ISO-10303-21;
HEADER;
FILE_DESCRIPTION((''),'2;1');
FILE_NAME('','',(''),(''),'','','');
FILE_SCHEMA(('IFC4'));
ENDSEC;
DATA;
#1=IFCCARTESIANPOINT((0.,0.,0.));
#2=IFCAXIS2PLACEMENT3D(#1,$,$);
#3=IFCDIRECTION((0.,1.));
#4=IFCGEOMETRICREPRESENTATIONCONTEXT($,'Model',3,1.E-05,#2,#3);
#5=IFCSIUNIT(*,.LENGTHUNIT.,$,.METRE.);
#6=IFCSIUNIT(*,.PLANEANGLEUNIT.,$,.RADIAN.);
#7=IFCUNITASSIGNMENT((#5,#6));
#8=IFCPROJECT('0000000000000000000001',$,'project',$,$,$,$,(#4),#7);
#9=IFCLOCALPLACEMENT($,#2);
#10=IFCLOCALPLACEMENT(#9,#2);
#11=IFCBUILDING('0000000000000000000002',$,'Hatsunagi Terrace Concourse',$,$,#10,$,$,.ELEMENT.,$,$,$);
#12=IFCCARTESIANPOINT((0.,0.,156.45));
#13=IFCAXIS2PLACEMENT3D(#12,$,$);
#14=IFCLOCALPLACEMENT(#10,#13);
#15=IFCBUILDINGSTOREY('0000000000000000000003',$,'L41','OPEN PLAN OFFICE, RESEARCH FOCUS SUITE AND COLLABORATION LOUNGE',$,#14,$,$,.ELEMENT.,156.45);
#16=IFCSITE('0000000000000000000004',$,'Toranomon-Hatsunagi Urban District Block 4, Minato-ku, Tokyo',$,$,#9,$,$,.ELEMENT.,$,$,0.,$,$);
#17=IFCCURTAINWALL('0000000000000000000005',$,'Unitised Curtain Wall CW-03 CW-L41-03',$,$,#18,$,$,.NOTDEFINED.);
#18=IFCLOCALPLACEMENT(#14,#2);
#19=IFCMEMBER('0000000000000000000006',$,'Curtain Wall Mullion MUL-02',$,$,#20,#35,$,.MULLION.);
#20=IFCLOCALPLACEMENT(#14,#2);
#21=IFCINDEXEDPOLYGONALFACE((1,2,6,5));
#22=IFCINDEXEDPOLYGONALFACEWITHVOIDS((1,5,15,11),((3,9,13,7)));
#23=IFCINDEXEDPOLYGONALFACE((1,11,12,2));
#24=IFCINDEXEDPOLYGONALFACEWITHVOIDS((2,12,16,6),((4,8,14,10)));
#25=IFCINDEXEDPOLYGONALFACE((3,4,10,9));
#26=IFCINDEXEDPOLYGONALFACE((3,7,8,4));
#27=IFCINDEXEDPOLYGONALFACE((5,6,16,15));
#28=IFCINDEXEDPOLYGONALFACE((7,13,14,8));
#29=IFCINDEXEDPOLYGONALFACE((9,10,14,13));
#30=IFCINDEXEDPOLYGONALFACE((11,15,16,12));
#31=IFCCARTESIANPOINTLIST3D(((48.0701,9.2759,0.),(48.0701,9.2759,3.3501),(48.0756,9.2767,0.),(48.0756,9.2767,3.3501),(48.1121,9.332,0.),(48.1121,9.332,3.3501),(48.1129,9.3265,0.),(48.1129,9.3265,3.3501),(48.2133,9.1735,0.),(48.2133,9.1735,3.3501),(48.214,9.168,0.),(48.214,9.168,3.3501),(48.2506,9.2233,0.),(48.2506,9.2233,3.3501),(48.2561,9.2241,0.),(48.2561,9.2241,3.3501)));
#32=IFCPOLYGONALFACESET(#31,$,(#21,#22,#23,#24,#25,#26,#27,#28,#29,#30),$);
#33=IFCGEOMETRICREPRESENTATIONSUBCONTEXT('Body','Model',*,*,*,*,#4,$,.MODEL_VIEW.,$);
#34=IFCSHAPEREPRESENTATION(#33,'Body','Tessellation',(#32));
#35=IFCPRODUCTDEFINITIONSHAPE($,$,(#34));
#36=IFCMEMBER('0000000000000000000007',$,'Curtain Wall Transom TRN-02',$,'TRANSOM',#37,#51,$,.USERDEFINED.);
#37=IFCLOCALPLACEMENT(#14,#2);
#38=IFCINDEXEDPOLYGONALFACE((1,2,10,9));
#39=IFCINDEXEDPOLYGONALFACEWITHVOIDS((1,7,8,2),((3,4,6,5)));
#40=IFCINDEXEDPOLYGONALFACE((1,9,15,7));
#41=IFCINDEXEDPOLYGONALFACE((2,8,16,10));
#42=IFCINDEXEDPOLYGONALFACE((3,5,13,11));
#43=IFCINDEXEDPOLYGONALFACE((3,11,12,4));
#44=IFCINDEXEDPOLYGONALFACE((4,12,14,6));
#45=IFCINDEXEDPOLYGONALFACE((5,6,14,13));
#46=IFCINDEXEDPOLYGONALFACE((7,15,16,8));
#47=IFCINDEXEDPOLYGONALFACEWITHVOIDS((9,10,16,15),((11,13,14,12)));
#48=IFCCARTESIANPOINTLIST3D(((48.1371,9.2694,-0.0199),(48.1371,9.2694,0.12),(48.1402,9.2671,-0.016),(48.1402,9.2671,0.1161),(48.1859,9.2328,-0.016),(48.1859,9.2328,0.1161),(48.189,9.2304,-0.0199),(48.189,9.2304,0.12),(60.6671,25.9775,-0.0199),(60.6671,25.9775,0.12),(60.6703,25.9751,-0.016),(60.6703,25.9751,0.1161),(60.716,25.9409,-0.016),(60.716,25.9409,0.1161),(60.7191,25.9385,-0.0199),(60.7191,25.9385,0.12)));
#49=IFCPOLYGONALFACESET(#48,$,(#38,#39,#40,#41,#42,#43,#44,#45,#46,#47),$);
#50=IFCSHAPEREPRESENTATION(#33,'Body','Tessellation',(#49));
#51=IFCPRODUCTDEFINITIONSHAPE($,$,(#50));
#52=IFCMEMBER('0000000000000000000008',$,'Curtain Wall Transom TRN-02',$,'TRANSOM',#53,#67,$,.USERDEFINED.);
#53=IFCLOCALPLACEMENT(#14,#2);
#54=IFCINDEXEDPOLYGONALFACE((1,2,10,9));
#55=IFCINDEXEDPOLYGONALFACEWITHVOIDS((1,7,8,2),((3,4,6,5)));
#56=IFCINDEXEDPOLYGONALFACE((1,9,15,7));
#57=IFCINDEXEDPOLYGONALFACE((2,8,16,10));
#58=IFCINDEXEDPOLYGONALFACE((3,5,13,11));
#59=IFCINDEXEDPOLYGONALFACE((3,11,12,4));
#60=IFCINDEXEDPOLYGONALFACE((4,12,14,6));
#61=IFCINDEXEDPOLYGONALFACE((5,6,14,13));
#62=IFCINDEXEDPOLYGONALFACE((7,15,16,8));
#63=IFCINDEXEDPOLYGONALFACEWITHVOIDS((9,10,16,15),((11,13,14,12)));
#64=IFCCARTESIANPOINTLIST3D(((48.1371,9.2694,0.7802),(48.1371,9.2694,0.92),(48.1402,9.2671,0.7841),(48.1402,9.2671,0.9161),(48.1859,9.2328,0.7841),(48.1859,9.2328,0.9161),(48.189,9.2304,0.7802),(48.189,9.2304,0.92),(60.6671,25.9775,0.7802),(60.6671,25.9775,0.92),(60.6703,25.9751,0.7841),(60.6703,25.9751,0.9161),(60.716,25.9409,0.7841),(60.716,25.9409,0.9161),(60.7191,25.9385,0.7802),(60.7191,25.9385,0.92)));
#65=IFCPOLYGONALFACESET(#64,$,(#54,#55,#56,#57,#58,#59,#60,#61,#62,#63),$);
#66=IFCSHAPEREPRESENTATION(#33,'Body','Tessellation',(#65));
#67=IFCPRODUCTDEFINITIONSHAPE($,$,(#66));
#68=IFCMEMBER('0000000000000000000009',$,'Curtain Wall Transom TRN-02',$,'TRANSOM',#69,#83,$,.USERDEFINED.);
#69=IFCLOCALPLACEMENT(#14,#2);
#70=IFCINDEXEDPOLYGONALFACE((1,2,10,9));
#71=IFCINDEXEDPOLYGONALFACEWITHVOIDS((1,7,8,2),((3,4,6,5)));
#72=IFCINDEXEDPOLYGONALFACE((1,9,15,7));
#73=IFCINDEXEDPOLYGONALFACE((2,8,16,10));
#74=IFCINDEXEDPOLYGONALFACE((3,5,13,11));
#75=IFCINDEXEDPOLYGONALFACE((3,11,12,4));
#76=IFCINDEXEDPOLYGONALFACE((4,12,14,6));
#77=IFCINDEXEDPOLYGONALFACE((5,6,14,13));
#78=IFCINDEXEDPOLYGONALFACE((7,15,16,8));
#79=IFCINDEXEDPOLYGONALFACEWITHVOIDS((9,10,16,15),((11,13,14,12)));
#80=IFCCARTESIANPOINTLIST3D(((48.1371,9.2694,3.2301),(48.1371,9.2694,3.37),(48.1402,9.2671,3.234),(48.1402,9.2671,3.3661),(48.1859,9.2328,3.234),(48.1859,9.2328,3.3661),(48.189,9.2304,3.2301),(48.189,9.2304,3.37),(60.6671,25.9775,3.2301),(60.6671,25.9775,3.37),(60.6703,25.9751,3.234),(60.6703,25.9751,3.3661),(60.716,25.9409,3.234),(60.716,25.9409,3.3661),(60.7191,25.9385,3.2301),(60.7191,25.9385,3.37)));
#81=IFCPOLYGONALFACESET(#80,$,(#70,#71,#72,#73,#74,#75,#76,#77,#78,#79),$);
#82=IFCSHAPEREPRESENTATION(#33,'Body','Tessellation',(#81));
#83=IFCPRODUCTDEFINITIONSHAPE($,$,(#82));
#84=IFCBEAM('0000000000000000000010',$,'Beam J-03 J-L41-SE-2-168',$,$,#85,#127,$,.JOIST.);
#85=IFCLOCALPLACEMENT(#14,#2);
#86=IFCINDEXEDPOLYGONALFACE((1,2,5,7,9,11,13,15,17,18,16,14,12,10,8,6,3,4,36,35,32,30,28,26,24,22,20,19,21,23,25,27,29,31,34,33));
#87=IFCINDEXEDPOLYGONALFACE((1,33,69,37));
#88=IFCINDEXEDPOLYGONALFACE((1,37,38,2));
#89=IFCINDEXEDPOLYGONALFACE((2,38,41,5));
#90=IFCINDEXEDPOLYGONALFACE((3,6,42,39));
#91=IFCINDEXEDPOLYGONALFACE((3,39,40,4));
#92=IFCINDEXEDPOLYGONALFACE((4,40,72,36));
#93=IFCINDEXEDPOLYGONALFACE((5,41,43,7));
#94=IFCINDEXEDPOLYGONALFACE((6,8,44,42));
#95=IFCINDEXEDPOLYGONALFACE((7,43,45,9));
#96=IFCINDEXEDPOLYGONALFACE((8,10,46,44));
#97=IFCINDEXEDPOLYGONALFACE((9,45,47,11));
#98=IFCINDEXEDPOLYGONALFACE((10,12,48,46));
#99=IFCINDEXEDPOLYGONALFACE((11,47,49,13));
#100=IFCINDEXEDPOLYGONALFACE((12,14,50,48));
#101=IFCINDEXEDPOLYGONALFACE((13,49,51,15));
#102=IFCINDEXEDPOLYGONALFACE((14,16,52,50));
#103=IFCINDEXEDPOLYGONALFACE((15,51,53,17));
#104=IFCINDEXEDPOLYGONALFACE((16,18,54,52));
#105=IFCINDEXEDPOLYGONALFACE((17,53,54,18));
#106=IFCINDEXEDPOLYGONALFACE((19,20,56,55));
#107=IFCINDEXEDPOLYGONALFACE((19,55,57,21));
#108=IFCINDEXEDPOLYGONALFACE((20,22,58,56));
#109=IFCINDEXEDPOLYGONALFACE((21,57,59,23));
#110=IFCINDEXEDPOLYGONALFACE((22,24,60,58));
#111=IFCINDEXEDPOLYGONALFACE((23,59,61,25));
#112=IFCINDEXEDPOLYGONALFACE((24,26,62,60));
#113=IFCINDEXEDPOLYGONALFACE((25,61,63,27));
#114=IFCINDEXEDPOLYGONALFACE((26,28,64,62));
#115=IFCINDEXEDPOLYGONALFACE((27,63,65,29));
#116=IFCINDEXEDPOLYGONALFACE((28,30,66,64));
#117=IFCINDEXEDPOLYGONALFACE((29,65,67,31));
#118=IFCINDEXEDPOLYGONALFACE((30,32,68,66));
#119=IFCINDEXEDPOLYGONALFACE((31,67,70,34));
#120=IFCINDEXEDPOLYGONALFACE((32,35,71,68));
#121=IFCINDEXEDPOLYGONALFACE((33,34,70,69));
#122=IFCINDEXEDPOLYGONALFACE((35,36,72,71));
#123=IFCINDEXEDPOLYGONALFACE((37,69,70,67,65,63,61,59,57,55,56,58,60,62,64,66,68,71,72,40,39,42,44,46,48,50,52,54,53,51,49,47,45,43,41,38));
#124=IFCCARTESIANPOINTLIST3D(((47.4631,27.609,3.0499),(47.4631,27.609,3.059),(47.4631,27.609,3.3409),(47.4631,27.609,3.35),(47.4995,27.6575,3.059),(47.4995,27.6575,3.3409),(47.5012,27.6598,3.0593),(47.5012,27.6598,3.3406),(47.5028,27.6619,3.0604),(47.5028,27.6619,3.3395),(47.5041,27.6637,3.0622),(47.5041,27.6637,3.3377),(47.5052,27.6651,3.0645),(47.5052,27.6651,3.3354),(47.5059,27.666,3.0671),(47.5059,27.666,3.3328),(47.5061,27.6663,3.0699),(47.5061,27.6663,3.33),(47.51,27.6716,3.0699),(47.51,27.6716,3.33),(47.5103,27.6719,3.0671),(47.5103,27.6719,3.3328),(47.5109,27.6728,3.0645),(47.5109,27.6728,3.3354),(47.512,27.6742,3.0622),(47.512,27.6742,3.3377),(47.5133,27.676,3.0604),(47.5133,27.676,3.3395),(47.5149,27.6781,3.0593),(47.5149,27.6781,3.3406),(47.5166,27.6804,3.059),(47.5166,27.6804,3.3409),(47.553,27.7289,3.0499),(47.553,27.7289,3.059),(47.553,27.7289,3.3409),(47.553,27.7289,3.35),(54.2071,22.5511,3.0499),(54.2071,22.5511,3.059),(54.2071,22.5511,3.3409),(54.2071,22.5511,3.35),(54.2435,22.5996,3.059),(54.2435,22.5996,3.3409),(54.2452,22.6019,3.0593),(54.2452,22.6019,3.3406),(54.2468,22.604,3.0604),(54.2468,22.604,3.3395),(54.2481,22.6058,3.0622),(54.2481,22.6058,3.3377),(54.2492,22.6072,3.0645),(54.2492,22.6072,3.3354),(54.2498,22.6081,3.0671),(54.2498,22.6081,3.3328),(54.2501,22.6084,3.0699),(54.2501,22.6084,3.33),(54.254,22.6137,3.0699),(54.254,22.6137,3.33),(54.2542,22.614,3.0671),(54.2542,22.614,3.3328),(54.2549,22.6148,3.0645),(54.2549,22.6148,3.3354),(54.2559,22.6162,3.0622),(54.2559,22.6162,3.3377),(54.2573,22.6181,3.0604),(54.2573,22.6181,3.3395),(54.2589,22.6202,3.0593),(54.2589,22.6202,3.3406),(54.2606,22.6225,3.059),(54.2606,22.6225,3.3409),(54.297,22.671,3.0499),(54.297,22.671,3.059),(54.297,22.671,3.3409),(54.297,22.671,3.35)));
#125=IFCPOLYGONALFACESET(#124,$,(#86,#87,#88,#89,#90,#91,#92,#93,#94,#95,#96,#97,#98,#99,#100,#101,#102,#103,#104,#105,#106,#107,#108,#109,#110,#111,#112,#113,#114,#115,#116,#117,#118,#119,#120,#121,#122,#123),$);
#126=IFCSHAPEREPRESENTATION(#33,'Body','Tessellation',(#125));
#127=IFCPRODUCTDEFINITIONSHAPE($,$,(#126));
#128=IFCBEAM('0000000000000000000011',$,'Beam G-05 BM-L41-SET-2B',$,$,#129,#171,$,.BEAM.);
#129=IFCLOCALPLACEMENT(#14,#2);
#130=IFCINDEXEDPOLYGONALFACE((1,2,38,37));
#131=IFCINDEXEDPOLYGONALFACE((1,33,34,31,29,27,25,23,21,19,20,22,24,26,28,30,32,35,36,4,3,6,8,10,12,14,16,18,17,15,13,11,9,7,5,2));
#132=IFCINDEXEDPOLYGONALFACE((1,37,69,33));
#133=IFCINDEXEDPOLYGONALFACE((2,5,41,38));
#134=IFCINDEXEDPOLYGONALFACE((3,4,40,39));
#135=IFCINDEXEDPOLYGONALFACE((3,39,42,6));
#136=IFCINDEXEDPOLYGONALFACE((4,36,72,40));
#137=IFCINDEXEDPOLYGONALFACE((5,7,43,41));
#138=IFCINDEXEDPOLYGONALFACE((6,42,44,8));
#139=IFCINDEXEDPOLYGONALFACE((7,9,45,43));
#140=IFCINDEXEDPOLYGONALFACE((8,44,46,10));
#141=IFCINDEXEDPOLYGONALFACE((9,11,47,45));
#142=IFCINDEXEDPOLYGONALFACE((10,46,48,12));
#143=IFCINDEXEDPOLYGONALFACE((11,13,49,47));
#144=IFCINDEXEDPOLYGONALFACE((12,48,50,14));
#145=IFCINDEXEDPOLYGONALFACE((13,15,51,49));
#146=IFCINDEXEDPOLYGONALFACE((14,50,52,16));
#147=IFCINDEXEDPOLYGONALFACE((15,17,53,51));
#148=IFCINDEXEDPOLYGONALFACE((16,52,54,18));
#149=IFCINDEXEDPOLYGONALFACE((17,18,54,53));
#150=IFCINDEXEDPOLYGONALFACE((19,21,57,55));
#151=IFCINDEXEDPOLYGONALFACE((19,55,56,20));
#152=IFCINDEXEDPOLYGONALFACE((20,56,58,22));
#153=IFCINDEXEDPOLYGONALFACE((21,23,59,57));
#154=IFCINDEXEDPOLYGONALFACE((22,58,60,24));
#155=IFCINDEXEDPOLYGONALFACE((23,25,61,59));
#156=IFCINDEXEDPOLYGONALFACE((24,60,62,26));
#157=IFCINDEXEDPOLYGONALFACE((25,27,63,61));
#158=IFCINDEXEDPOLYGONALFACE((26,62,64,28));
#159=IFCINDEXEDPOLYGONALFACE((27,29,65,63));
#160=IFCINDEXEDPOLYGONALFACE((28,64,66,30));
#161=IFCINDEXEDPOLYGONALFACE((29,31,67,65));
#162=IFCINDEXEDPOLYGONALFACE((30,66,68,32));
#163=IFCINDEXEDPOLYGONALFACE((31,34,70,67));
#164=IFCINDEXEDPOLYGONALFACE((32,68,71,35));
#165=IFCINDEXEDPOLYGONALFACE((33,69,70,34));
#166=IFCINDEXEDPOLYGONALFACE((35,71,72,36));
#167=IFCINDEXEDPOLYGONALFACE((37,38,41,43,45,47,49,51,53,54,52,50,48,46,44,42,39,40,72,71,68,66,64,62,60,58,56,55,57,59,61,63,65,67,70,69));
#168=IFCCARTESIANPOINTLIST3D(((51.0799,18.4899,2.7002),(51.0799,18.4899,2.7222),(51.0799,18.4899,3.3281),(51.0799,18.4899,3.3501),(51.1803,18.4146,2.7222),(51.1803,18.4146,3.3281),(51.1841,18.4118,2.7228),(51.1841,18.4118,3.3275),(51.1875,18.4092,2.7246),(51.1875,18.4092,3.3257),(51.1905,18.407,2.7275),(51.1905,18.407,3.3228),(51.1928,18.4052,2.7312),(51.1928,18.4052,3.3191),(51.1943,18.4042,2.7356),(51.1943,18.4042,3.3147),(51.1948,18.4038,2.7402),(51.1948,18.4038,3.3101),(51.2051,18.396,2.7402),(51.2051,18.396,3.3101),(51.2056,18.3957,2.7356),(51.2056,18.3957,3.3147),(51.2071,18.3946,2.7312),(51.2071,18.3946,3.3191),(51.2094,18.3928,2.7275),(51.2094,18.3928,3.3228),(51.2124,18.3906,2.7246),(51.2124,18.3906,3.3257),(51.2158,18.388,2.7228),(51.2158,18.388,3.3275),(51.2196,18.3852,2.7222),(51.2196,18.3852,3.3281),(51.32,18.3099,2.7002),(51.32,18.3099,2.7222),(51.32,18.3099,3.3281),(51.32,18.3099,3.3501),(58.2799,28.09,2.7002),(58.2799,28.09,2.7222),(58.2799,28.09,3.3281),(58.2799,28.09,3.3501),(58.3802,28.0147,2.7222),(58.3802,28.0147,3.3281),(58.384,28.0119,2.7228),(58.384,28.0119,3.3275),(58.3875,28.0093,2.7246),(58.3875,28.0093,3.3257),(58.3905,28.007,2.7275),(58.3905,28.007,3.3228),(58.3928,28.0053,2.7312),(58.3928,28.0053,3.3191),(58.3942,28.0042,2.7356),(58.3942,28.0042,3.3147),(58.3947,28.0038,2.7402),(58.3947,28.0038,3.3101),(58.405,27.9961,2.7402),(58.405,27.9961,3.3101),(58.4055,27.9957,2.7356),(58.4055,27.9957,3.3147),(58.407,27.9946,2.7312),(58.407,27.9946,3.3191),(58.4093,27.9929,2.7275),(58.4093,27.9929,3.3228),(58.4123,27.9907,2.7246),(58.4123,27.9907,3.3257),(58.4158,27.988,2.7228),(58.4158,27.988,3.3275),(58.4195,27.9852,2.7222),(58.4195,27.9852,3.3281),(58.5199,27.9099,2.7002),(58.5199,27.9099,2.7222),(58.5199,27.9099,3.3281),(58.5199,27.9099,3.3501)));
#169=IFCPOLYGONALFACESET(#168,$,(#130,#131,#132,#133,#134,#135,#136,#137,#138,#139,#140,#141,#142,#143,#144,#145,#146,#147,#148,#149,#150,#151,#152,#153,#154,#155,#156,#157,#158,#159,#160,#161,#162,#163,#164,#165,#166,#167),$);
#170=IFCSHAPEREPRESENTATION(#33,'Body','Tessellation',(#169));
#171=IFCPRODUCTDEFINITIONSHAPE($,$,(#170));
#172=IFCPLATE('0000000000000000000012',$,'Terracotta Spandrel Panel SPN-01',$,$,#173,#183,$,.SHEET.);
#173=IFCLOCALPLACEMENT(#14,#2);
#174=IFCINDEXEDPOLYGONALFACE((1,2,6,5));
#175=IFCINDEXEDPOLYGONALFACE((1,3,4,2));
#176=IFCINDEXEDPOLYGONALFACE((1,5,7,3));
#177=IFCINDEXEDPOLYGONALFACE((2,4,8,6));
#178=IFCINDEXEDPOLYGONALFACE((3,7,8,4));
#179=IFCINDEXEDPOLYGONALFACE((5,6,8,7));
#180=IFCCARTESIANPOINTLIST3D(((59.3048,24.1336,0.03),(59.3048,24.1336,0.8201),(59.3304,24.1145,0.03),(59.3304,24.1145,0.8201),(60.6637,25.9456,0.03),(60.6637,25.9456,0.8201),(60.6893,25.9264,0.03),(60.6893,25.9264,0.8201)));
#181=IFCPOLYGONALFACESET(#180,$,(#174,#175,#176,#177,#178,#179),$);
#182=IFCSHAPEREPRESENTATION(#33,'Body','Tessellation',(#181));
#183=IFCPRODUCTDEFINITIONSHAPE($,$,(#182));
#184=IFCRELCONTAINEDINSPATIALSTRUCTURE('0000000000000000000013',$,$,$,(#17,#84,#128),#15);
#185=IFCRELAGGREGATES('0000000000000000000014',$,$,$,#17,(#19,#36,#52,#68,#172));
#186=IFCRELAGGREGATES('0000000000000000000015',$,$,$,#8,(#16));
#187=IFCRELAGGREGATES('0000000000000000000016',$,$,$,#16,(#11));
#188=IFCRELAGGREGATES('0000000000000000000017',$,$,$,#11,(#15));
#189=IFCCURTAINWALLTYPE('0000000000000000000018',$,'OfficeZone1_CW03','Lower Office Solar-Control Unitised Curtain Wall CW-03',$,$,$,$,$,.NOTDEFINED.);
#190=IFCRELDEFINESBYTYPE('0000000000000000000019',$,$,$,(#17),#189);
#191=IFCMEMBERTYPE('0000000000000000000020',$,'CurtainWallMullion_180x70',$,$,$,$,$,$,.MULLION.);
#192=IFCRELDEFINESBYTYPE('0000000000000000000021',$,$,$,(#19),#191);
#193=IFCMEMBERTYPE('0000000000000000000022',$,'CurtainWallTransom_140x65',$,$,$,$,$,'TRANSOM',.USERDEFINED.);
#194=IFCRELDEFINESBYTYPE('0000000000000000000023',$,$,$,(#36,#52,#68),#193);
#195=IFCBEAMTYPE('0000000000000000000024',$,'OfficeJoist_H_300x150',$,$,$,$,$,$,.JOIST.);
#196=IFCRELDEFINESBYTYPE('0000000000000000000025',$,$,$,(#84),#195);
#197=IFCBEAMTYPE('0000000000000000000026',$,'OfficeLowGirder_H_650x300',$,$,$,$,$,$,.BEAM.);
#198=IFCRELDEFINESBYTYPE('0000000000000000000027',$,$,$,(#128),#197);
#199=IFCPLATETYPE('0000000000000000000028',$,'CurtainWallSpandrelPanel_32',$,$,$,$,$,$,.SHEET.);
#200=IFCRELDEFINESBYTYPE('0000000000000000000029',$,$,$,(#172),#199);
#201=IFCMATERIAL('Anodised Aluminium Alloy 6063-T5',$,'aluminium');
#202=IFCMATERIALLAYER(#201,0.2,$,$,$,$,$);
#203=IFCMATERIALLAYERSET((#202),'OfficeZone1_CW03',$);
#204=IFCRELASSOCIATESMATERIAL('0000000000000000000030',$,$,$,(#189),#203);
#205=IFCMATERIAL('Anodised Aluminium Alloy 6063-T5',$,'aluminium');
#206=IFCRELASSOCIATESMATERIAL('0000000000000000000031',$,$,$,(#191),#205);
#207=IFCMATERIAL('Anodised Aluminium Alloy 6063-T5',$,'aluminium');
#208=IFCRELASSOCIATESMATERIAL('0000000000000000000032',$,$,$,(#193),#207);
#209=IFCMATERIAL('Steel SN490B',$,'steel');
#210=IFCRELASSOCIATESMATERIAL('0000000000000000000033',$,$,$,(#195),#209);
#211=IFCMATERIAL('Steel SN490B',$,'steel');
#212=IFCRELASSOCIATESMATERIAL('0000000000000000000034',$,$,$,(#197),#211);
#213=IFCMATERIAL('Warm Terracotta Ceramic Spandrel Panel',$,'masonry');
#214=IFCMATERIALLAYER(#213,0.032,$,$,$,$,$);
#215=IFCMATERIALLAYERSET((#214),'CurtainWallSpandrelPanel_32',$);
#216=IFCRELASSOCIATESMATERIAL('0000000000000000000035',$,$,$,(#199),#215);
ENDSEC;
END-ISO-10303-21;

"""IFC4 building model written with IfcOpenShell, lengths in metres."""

from ifc_helpers import new_model, si_unit, direction, frame, origin, origin_2d, place, context, subcontext, project, spatial, rectangle, hollow_rectangle, i_section, extrude, material, layer, layer_set, material_profile, profile_set, type_object, element, aggregate, save


model = new_model("IFC4")

# Units and contexts
model_context = context("Model", 3, precision=1e-05, world=origin(), true_north=direction((0.0, 1.0)))
body_context = subcontext(model_context, "Body", "Model", "MODEL_VIEW")
ifc_project = project(units=[si_unit("LENGTHUNIT", "METRE"), si_unit("PLANEANGLEUNIT", "RADIAN")], contexts=[model_context])

# Site, building, storey
site_placement = place(None, origin())
site = spatial("IfcSite", under=ifc_project, at=site_placement, Name="Toranomon-Hatsunagi Urban District Block 4, Minato-ku, Tokyo", CompositionType="ELEMENT", RefElevation=0.0)
building_placement = place(site_placement, origin())
building = spatial("IfcBuilding", under=site, at=building_placement, Name="Hatsunagi Terrace Concourse", CompositionType="ELEMENT")
storey_placement = place(building_placement, frame((0.0, 0.0, 156.45)))
storey = spatial("IfcBuildingStorey", under=building, at=storey_placement, Name="L41", Description="OPEN PLAN OFFICE, RESEARCH FOCUS SUITE AND COLLABORATION LOUNGE", CompositionType="ELEMENT", Elevation=156.45)

# Curtain wall, members
ifc_material_1 = material(Name="Anodised Aluminium Alloy 6063-T5", Category="aluminium")
ifc_layer_1 = layer(ifc_material_1, 0.2)
ifc_layer_set_1 = layer_set([ifc_layer_1], Name="OfficeZone1_CW03")
curtain_wall_type = type_object("IfcCurtainWallType", Name="OfficeZone1_CW03", Description="Lower Office Solar-Control Unitised Curtain Wall CW-03", PredefinedType="NOTDEFINED", material=ifc_layer_set_1)
curtain_wall_placement = place(storey_placement, origin())
curtain_wall = element("IfcCurtainWall", 1, at=curtain_wall_placement, inside=storey, type_object=curtain_wall_type, Name="Unitised Curtain Wall CW-03 CW-L41-03", PredefinedType="NOTDEFINED")
ifc_material_2 = material(Name="Anodised Aluminium Alloy 6063-T5", Category="aluminium")
ifc_material_profile_1 = material_profile(ifc_material_2, hollow_rectangle(XDim=0.0701, YDim=0.1799, WallThickness=0.0039, at=origin_2d()), Name="ALU-MUL-180x70x4")
ifc_profile_set_1 = profile_set([ifc_material_profile_1], Name="Anodised Aluminium Alloy 6063-T5")
member_type_1 = type_object("IfcMemberType", Name="CurtainWallMullion_180x70", PredefinedType="MULLION", material=ifc_profile_set_1)
member_1_placement = place(storey_placement, frame((48.1631, 9.25, 0.0), z_axis=(0.0, 0.0, 1.0), x_axis=(-0.599969, -0.800023, 0.0)))
member_1 = element("IfcMember", 2, at=member_1_placement, type_object=member_type_1, Name="Curtain Wall Mullion MUL-02", PredefinedType="MULLION", context=body_context, shape_type="SweptSolid", body=[
    extrude(hollow_rectangle(XDim=0.0701, YDim=0.1799, WallThickness=0.0039, at=origin_2d()), origin(), (0.0, 0.0, 1.0), 3.3501),
])
ifc_material_3 = material(Name="Anodised Aluminium Alloy 6063-T5", Category="aluminium")
ifc_material_profile_2 = material_profile(ifc_material_3, hollow_rectangle(XDim=0.0649, YDim=0.1399, WallThickness=0.0039, at=origin_2d()), Name="ALU-TRN-140x65x4")
ifc_profile_set_2 = profile_set([ifc_material_profile_2], Name="Anodised Aluminium Alloy 6063-T5")
member_type_2 = type_object("IfcMemberType", Name="CurtainWallTransom_140x65", ElementType="TRANSOM", PredefinedType="USERDEFINED", material=ifc_profile_set_2)
member_2_placement = place(storey_placement, frame((60.6931, 25.958, 0.05), z_axis=(-0.59997, -0.800022, 0.0), x_axis=(0.800022, -0.59997, 0.0)))
member_2 = element("IfcMember", 3, at=member_2_placement, type_object=member_type_2, Name="Curtain Wall Transom TRN-02", ObjectType="TRANSOM", PredefinedType="USERDEFINED", context=body_context, shape_type="SweptSolid", body=[
    extrude(hollow_rectangle(XDim=0.0649, YDim=0.1399, WallThickness=0.0039, at=origin_2d()), origin(), (0.0, 0.0, 1.0), 20.8845),
])
member_3_placement = place(storey_placement, frame((60.6931, 25.958, 0.8501), z_axis=(-0.59997, -0.800022, 0.0), x_axis=(0.800022, -0.59997, 0.0)))
member_3 = element("IfcMember", 4, at=member_3_placement, type_object=member_type_2, Name="Curtain Wall Transom TRN-02", ObjectType="TRANSOM", PredefinedType="USERDEFINED", context=body_context, shape_type="SweptSolid", body=[
    extrude(hollow_rectangle(XDim=0.0649, YDim=0.1399, WallThickness=0.0039, at=origin_2d()), origin(), (0.0, 0.0, 1.0), 20.8845),
])
member_4_placement = place(storey_placement, frame((60.6931, 25.958, 3.3), z_axis=(-0.59997, -0.800022, 0.0), x_axis=(0.800022, -0.59997, 0.0)))
member_4 = element("IfcMember", 5, at=member_4_placement, type_object=member_type_2, Name="Curtain Wall Transom TRN-02", ObjectType="TRANSOM", PredefinedType="USERDEFINED", context=body_context, shape_type="SweptSolid", body=[
    extrude(hollow_rectangle(XDim=0.0649, YDim=0.1399, WallThickness=0.0039, at=origin_2d()), origin(), (0.0, 0.0, 1.0), 20.8845),
])

# Beams
ifc_material_4 = material(Name="Steel SN490B", Category="steel")
ifc_material_profile_3 = material_profile(ifc_material_4, i_section(OverallWidth=0.1499, OverallDepth=0.3, WebThickness=0.0066, FlangeThickness=0.009, FilletRadius=0.011, at=origin_2d()), Name="H-300x150x6.5x9")
ifc_profile_set_3 = profile_set([ifc_material_profile_3], Name="Steel SN490B")
beam_type_1 = type_object("IfcBeamType", Name="OfficeJoist_H_300x150", PredefinedType="JOIST", material=ifc_profile_set_3)
beam_1_placement = place(storey_placement, frame((47.5081, 27.6689, 3.2), z_axis=(0.800003, -0.599995, 0.0), x_axis=(0.599995, 0.800003, 0.0)))
element("IfcBeam", 6, at=beam_1_placement, inside=storey, type_object=beam_type_1, Name="Beam J-03 J-L41-SE-2-168", PredefinedType="JOIST", context=body_context, shape_type="SweptSolid", body=[
    extrude(i_section(OverallWidth=0.1499, OverallDepth=0.3, WebThickness=0.0066, FlangeThickness=0.009, FilletRadius=0.011, at=origin_2d()), origin(), (0.0, 0.0, 1.0), 8.4299),
])
ifc_material_5 = material(Name="Steel SN490B", Category="steel")
ifc_material_profile_4 = material_profile(ifc_material_5, i_section(OverallWidth=0.3, OverallDepth=0.6499, WebThickness=0.0129, FlangeThickness=0.022, FilletRadius=0.0181, at=origin_2d()), Name="H-650x300x13x22")
ifc_profile_set_4 = profile_set([ifc_material_profile_4], Name="Steel SN490B")
beam_type_2 = type_object("IfcBeamType", Name="OfficeLowGirder_H_650x300", PredefinedType="BEAM", material=ifc_profile_set_4)
beam_2_placement = place(storey_placement, frame((51.2, 18.3999, 3.0251), z_axis=(0.599993, 0.800005, 0.0), x_axis=(-0.800005, 0.599993, 0.0)))
element("IfcBeam", 7, at=beam_2_placement, inside=storey, type_object=beam_type_2, Name="Beam G-05 BM-L41-SET-2B", PredefinedType="BEAM", context=body_context, shape_type="SweptSolid", body=[
    extrude(i_section(OverallWidth=0.3, OverallDepth=0.6499, WebThickness=0.0129, FlangeThickness=0.022, FilletRadius=0.0181, at=origin_2d()), origin(), (0.0, 0.0, 1.0), 12.0),
])

# Plate
ifc_material_6 = material(Name="Warm Terracotta Ceramic Spandrel Panel", Category="masonry")
ifc_layer_2 = layer(ifc_material_6, 0.032)
ifc_layer_set_2 = layer_set([ifc_layer_2], Name="CurtainWallSpandrelPanel_32")
plate_type_1 = type_object("IfcPlateType", Name="CurtainWallSpandrelPanel_32", PredefinedType="SHEET", material=ifc_layer_set_2)
plate_1_placement = place(storey_placement, frame((59.9971, 25.03, 0.03), z_axis=(0.0, 0.0, 1.0), x_axis=(-0.599969, -0.800023, 0.0)))
plate_1 = element("IfcPlate", 8, at=plate_1_placement, type_object=plate_type_1, Name="Terracotta Spandrel Panel SPN-01", PredefinedType="SHEET", context=body_context, shape_type="SweptSolid", body=[
    extrude(rectangle(XDim=2.2649, YDim=0.032, at=origin_2d()), origin(), (0.0, 0.0, 1.0), 0.79),
])
aggregate(curtain_wall, [member_1, member_2, member_3, member_4, plate_1])

save(model, "model.ifc")
